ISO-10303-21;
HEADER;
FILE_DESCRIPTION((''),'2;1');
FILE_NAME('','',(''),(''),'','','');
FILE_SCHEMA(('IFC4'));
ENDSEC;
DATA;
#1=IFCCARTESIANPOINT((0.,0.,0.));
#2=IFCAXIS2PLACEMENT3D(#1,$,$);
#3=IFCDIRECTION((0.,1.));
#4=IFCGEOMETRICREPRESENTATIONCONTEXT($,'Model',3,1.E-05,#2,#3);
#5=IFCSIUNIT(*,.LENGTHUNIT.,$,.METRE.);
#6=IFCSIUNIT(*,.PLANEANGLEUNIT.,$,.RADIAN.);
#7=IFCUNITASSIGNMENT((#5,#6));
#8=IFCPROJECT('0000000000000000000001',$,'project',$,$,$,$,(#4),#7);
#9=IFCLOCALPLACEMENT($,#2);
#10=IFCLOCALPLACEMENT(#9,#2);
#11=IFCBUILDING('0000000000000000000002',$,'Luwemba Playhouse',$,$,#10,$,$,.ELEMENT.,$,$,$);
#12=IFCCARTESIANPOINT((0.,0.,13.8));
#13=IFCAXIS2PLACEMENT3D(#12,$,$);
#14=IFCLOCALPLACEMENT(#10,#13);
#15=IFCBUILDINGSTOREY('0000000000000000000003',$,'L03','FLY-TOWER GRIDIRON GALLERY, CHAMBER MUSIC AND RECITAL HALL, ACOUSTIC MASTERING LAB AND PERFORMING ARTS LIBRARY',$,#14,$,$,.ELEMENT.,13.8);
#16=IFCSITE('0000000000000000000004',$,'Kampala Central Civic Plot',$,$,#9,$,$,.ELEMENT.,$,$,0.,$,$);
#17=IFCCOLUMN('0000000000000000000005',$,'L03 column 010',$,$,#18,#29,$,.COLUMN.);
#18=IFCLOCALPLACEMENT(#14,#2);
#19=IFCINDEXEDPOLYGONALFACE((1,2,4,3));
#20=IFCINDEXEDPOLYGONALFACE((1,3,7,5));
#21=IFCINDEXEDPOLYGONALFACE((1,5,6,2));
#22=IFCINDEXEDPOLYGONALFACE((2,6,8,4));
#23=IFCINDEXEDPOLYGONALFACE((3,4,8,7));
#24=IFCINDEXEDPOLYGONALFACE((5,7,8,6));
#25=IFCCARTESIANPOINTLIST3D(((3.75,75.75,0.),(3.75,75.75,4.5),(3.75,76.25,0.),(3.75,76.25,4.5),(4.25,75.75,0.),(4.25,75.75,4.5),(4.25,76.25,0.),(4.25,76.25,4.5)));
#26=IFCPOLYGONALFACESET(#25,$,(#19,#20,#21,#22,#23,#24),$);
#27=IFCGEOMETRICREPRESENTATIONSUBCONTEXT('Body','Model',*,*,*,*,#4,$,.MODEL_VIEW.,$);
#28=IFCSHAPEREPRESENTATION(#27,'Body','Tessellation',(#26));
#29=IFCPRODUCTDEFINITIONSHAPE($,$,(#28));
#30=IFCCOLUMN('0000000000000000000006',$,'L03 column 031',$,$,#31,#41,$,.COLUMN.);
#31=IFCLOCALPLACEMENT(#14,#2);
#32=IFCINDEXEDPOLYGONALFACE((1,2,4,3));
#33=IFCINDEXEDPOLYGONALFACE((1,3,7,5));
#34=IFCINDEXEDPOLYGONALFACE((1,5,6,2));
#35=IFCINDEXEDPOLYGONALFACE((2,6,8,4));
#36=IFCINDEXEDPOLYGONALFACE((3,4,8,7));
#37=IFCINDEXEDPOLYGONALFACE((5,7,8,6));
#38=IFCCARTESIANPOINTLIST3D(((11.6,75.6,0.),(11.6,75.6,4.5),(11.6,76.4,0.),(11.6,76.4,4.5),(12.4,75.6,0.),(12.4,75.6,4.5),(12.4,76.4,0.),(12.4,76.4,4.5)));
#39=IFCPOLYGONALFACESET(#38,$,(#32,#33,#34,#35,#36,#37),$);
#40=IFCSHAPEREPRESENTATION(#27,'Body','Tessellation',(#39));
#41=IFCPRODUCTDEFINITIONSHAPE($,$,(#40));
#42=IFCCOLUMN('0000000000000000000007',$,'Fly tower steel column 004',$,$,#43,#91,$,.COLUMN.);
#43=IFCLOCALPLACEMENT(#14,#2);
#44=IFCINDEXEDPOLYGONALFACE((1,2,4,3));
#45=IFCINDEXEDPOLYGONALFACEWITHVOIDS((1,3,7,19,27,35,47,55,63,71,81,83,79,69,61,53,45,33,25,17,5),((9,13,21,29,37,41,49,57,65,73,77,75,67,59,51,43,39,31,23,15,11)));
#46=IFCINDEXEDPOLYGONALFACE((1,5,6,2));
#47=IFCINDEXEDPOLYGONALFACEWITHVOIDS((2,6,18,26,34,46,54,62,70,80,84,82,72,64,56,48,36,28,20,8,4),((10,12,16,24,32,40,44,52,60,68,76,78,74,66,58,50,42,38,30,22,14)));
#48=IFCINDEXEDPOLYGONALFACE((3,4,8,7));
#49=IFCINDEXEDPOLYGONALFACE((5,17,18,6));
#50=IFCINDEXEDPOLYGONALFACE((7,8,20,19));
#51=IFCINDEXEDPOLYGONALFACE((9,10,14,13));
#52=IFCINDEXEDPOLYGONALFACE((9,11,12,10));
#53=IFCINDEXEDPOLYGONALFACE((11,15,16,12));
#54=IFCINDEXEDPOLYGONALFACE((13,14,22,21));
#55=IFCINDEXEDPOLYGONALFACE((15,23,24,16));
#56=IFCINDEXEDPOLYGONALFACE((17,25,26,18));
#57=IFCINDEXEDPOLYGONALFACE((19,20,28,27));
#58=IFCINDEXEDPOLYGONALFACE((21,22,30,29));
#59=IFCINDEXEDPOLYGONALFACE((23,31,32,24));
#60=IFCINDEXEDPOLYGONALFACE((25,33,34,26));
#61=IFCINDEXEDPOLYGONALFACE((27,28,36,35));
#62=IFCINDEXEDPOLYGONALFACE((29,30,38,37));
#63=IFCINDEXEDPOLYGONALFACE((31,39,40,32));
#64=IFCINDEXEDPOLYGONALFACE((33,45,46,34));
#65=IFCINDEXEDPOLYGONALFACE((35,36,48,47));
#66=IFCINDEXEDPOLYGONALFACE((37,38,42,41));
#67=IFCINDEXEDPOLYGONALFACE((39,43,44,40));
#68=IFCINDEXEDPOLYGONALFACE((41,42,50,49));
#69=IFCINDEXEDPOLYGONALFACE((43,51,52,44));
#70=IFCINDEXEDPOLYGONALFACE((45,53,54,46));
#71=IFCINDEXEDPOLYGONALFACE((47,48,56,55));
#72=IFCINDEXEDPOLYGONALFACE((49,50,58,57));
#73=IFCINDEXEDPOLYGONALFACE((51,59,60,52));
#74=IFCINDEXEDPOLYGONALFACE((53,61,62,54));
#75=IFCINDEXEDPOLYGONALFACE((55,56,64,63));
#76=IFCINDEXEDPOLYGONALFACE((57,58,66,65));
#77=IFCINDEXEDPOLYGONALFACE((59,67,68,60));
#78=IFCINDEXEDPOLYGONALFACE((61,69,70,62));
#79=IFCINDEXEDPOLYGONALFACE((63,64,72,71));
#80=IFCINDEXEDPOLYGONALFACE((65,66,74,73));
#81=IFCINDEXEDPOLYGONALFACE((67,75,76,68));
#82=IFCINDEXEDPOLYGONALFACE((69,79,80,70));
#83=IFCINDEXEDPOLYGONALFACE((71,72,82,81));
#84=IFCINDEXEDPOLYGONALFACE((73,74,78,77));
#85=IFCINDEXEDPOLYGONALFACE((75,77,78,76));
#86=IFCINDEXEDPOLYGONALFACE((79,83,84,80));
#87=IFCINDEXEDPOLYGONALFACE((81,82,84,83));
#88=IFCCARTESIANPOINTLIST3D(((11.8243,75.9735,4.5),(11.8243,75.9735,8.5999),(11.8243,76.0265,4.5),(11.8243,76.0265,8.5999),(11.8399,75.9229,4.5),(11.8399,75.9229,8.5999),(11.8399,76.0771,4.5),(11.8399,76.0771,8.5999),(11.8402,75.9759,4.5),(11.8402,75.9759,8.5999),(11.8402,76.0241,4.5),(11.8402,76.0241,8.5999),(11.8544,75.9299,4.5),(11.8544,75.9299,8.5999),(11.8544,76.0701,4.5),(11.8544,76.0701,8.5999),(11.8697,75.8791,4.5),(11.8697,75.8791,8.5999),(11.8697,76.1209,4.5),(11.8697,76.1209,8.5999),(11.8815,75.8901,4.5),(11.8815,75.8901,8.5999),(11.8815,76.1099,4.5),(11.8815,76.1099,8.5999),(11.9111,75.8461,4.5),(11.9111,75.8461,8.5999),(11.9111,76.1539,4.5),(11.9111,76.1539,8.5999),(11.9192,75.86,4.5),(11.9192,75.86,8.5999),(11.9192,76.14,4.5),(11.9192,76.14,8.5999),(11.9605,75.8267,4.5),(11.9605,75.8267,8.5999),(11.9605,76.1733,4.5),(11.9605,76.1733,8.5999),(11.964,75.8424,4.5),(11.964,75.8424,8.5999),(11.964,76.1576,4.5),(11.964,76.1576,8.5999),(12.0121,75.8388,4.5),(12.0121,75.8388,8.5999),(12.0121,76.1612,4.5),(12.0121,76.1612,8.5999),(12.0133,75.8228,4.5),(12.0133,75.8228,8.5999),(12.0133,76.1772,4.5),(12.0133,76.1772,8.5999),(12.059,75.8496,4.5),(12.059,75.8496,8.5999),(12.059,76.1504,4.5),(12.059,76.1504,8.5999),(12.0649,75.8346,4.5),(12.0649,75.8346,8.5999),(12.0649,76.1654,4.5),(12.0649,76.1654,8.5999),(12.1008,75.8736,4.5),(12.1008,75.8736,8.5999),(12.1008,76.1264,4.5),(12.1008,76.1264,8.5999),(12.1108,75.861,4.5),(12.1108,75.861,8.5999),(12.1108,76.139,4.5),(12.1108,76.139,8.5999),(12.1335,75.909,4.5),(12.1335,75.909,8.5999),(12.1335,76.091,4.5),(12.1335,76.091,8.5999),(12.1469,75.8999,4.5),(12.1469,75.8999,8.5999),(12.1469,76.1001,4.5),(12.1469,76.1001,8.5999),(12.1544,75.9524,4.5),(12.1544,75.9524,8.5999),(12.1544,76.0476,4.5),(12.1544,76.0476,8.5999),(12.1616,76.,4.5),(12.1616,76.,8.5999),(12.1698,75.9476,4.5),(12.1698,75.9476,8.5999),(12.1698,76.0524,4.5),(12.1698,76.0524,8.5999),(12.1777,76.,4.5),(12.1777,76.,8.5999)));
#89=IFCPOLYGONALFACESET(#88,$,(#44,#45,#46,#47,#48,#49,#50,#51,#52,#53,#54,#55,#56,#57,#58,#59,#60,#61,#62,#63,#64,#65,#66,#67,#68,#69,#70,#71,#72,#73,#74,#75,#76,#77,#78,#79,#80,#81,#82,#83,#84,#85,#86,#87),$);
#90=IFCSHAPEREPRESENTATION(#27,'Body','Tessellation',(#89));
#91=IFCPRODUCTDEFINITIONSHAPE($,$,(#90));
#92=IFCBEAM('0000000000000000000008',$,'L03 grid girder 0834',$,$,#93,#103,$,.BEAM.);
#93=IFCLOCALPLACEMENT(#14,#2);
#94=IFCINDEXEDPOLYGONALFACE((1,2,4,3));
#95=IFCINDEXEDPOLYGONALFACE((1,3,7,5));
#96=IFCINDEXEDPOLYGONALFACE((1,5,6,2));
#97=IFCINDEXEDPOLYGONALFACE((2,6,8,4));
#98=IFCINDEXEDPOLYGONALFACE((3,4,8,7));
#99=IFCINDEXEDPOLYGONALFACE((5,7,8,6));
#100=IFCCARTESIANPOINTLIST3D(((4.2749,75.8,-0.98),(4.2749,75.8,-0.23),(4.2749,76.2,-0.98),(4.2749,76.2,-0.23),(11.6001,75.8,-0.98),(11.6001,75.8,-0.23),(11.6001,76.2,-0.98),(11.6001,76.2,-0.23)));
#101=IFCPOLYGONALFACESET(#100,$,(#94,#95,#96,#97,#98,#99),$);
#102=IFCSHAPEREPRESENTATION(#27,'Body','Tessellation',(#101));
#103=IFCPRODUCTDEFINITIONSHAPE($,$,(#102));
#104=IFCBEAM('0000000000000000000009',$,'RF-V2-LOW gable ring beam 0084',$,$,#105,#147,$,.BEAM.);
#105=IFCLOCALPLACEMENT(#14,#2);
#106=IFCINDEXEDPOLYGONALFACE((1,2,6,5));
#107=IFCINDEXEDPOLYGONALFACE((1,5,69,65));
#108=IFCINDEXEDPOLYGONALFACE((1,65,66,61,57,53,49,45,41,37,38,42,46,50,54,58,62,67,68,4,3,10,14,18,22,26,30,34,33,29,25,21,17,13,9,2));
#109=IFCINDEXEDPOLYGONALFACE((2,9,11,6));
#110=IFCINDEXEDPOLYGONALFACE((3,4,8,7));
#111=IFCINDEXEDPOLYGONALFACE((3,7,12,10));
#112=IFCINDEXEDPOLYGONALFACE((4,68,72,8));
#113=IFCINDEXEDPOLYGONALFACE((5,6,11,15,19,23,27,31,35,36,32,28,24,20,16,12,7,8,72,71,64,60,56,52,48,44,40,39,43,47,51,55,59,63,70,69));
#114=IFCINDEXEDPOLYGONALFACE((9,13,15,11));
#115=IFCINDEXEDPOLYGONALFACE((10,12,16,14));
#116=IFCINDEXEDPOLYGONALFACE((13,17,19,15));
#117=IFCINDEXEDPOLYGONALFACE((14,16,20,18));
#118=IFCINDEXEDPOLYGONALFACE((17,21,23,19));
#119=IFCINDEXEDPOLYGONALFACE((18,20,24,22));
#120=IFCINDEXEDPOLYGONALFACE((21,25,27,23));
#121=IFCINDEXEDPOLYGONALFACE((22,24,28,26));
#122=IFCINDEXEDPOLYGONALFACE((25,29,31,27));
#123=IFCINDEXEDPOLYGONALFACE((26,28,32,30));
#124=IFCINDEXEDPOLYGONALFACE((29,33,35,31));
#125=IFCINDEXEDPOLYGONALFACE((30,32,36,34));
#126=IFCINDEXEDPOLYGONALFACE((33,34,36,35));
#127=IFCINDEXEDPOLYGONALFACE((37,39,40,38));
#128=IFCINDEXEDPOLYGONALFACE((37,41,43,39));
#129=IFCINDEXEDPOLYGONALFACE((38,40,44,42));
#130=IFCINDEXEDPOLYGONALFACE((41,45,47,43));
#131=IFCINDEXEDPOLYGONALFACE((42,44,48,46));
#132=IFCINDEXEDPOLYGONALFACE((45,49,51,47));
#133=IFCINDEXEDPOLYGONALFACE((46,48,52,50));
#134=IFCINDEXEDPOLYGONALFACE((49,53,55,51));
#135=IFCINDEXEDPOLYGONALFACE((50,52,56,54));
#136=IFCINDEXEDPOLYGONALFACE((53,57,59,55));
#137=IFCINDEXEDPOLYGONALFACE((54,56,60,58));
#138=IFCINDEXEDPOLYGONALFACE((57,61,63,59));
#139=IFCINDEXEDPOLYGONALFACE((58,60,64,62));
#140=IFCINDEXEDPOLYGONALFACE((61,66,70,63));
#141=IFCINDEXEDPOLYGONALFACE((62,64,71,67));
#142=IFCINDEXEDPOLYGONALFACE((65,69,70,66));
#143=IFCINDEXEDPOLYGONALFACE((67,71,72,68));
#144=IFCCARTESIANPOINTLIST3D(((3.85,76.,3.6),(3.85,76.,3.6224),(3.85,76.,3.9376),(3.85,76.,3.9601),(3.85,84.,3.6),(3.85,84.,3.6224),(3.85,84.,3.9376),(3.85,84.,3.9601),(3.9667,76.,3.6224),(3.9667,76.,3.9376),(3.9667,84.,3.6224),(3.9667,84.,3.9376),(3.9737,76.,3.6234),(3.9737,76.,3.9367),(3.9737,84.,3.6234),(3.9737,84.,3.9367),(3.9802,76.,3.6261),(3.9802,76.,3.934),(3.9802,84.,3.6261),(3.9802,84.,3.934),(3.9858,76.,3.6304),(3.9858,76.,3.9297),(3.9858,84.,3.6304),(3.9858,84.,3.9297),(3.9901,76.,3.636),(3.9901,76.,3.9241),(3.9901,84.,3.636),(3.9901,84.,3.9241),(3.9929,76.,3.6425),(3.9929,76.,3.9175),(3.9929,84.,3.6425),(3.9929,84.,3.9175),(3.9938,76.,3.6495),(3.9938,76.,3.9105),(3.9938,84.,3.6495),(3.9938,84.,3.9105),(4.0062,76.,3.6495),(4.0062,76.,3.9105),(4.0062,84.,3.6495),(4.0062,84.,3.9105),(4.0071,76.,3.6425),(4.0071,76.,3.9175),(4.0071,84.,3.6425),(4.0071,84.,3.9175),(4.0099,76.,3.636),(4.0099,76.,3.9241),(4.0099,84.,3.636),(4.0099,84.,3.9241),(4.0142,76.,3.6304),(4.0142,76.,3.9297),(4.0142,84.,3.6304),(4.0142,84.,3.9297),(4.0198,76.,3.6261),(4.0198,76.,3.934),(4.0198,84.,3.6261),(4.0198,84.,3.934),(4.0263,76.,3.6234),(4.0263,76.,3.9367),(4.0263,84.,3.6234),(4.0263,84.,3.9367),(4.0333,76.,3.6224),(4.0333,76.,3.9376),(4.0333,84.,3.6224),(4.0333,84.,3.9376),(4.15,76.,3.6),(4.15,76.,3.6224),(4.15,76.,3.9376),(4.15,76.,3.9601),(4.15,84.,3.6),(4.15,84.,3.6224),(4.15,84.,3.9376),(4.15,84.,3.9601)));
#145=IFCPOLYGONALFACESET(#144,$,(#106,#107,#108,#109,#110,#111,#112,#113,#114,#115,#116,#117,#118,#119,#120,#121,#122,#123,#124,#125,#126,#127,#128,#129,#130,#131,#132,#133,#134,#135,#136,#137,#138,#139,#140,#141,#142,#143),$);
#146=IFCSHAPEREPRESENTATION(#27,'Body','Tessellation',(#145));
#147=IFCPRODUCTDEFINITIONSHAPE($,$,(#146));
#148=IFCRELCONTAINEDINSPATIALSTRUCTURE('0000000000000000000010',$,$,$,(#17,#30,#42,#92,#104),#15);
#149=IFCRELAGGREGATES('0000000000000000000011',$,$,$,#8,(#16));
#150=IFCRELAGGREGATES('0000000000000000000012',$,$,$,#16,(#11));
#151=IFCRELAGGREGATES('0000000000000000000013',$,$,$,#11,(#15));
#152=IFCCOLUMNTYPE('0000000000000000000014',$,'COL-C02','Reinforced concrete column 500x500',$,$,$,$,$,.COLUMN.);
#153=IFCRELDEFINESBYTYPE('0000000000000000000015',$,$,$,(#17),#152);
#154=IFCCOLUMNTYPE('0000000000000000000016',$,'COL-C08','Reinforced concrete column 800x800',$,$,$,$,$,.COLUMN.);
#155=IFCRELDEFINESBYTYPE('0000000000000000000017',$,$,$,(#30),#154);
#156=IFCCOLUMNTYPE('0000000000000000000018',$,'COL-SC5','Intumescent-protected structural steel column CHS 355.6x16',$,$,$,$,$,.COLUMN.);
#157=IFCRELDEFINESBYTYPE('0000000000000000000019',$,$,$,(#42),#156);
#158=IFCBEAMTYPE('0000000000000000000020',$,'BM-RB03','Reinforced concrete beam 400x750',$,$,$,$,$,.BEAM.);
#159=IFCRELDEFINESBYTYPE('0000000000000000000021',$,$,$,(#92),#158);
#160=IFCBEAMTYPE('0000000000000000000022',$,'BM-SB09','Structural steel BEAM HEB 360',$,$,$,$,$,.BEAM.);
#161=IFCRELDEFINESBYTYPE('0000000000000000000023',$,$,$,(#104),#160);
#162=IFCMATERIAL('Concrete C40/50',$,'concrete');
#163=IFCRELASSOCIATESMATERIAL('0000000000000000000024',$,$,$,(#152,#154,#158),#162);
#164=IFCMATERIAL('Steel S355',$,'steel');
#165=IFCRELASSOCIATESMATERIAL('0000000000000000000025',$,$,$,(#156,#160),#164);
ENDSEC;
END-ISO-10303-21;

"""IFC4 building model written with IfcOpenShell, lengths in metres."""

from ifc_helpers import new_model, si_unit, direction, frame, origin, origin_2d, place, context, subcontext, project, spatial, rectangle, hollow_circle, i_section, extrude, material, material_profile, profile_set, type_object, element, save


model = new_model("IFC4")

# Units and contexts
model_context = context("Model", 3, precision=1e-05, world=origin(), true_north=direction((0.0, 1.0)))
body_context = subcontext(model_context, "Body", "Model", "MODEL_VIEW")
ifc_project = project(units=[si_unit("LENGTHUNIT", "METRE"), si_unit("PLANEANGLEUNIT", "RADIAN")], contexts=[model_context])

# Site, building, storey
site_placement = place(None, origin())
site = spatial("IfcSite", under=ifc_project, at=site_placement, Name="Kampala Central Civic Plot", CompositionType="ELEMENT", RefElevation=0.0)
building_placement = place(site_placement, origin())
building = spatial("IfcBuilding", under=site, at=building_placement, Name="Luwemba Playhouse", CompositionType="ELEMENT")
storey_placement = place(building_placement, frame((0.0, 0.0, 13.8)))
storey = spatial("IfcBuildingStorey", under=building, at=storey_placement, Name="L03", Description="FLY-TOWER GRIDIRON GALLERY, CHAMBER MUSIC AND RECITAL HALL, ACOUSTIC MASTERING LAB AND PERFORMING ARTS LIBRARY", CompositionType="ELEMENT", Elevation=13.8)

# Columns
ifc_material_1 = material(Name="Concrete C40/50", Category="concrete")
ifc_material_profile_1 = material_profile(ifc_material_1, rectangle(XDim=0.5, YDim=0.5, at=origin_2d()))
ifc_profile_set_1 = profile_set([ifc_material_profile_1], Name="Concrete C40/50")
column_type_1 = type_object("IfcColumnType", Name="COL-C02", Description="Reinforced concrete column 500x500", PredefinedType="COLUMN", material=ifc_profile_set_1)
column_1_placement = place(storey_placement, frame((4.0, 76.0, 0.0), z_axis=(0.0, 0.0, 1.0), x_axis=(1.0, 0.0, 0.0)))
element("IfcColumn", 1, at=column_1_placement, inside=storey, type_object=column_type_1, Name="L03 column 010", PredefinedType="COLUMN", context=body_context, shape_type="SweptSolid", body=[
    extrude(rectangle(XDim=0.5, YDim=0.5, at=origin_2d()), origin(), (0.0, 0.0, 1.0), 4.5),
])
ifc_material_profile_2 = material_profile(ifc_material_1, rectangle(XDim=0.8, YDim=0.8, at=origin_2d()))
ifc_profile_set_2 = profile_set([ifc_material_profile_2], Name="Concrete C40/50")
column_type_2 = type_object("IfcColumnType", Name="COL-C08", Description="Reinforced concrete column 800x800", PredefinedType="COLUMN", material=ifc_profile_set_2)
column_2_placement = place(storey_placement, frame((12.0, 76.0, 0.0), z_axis=(0.0, 0.0, 1.0), x_axis=(1.0, 0.0, 0.0)))
element("IfcColumn", 2, at=column_2_placement, inside=storey, type_object=column_type_2, Name="L03 column 031", PredefinedType="COLUMN", context=body_context, shape_type="SweptSolid", body=[
    extrude(rectangle(XDim=0.8, YDim=0.8, at=origin_2d()), origin(), (0.0, 0.0, 1.0), 4.5),
])
ifc_material_2 = material(Name="Steel S355", Category="steel")
ifc_material_profile_3 = material_profile(ifc_material_2, hollow_circle(Radius=0.1777, WallThickness=0.0161, at=origin_2d()))
ifc_profile_set_3 = profile_set([ifc_material_profile_3], Name="Steel S355")
column_type_3 = type_object("IfcColumnType", Name="COL-SC5", Description="Intumescent-protected structural steel column CHS 355.6x16", PredefinedType="COLUMN", material=ifc_profile_set_3)
column_3_placement = place(storey_placement, frame((12.0, 76.0, 4.5), z_axis=(0.0, 0.0, 1.0), x_axis=(1.0, 0.0, 0.0)))
element("IfcColumn", 3, at=column_3_placement, inside=storey, type_object=column_type_3, Name="Fly tower steel column 004", PredefinedType="COLUMN", context=body_context, shape_type="SweptSolid", body=[
    extrude(hollow_circle(Radius=0.1777, WallThickness=0.0161, at=origin_2d()), origin(), (0.0, 0.0, 1.0), 4.0999),
])

# Beams
ifc_material_profile_4 = material_profile(ifc_material_1, rectangle(XDim=0.3999, YDim=0.75, at=origin_2d()))
ifc_profile_set_4 = profile_set([ifc_material_profile_4], Name="Concrete C40/50")
beam_type_1 = type_object("IfcBeamType", Name="BM-RB03", Description="Reinforced concrete beam 400x750", PredefinedType="BEAM", material=ifc_profile_set_4)
beam_1_placement = place(storey_placement, frame((4.2749, 76.0, -0.605), z_axis=(1.0, 0.0, 0.0), x_axis=(0.0, 1.0, 0.0)))
element("IfcBeam", 4, at=beam_1_placement, inside=storey, type_object=beam_type_1, Name="L03 grid girder 0834", PredefinedType="BEAM", context=body_context, shape_type="SweptSolid", body=[
    extrude(rectangle(XDim=0.3999, YDim=0.75, at=origin_2d()), origin(), (0.0, 0.0, 1.0), 7.3252),
])
ifc_material_profile_5 = material_profile(ifc_material_2, i_section(OverallWidth=0.3, OverallDepth=0.3601, WebThickness=0.0125, FlangeThickness=0.0225, FilletRadius=0.0271, at=origin_2d()))
ifc_profile_set_5 = profile_set([ifc_material_profile_5], Name="Steel S355")
beam_type_2 = type_object("IfcBeamType", Name="BM-SB09", Description="Structural steel BEAM HEB 360", PredefinedType="BEAM", material=ifc_profile_set_5)
beam_2_placement = place(storey_placement, frame((4.0, 76.0, 3.78), z_axis=(0.0, 1.0, 0.0), x_axis=(-1.0, 0.0, 0.0)))
element("IfcBeam", 5, at=beam_2_placement, inside=storey, type_object=beam_type_2, Name="RF-V2-LOW gable ring beam 0084", PredefinedType="BEAM", context=body_context, shape_type="SweptSolid", body=[
    extrude(i_section(OverallWidth=0.3, OverallDepth=0.3601, WebThickness=0.0125, FlangeThickness=0.0225, FilletRadius=0.0271, at=origin_2d()), origin(), (0.0, 0.0, 1.0), 8.0),
])

save(model, "model.ifc")
